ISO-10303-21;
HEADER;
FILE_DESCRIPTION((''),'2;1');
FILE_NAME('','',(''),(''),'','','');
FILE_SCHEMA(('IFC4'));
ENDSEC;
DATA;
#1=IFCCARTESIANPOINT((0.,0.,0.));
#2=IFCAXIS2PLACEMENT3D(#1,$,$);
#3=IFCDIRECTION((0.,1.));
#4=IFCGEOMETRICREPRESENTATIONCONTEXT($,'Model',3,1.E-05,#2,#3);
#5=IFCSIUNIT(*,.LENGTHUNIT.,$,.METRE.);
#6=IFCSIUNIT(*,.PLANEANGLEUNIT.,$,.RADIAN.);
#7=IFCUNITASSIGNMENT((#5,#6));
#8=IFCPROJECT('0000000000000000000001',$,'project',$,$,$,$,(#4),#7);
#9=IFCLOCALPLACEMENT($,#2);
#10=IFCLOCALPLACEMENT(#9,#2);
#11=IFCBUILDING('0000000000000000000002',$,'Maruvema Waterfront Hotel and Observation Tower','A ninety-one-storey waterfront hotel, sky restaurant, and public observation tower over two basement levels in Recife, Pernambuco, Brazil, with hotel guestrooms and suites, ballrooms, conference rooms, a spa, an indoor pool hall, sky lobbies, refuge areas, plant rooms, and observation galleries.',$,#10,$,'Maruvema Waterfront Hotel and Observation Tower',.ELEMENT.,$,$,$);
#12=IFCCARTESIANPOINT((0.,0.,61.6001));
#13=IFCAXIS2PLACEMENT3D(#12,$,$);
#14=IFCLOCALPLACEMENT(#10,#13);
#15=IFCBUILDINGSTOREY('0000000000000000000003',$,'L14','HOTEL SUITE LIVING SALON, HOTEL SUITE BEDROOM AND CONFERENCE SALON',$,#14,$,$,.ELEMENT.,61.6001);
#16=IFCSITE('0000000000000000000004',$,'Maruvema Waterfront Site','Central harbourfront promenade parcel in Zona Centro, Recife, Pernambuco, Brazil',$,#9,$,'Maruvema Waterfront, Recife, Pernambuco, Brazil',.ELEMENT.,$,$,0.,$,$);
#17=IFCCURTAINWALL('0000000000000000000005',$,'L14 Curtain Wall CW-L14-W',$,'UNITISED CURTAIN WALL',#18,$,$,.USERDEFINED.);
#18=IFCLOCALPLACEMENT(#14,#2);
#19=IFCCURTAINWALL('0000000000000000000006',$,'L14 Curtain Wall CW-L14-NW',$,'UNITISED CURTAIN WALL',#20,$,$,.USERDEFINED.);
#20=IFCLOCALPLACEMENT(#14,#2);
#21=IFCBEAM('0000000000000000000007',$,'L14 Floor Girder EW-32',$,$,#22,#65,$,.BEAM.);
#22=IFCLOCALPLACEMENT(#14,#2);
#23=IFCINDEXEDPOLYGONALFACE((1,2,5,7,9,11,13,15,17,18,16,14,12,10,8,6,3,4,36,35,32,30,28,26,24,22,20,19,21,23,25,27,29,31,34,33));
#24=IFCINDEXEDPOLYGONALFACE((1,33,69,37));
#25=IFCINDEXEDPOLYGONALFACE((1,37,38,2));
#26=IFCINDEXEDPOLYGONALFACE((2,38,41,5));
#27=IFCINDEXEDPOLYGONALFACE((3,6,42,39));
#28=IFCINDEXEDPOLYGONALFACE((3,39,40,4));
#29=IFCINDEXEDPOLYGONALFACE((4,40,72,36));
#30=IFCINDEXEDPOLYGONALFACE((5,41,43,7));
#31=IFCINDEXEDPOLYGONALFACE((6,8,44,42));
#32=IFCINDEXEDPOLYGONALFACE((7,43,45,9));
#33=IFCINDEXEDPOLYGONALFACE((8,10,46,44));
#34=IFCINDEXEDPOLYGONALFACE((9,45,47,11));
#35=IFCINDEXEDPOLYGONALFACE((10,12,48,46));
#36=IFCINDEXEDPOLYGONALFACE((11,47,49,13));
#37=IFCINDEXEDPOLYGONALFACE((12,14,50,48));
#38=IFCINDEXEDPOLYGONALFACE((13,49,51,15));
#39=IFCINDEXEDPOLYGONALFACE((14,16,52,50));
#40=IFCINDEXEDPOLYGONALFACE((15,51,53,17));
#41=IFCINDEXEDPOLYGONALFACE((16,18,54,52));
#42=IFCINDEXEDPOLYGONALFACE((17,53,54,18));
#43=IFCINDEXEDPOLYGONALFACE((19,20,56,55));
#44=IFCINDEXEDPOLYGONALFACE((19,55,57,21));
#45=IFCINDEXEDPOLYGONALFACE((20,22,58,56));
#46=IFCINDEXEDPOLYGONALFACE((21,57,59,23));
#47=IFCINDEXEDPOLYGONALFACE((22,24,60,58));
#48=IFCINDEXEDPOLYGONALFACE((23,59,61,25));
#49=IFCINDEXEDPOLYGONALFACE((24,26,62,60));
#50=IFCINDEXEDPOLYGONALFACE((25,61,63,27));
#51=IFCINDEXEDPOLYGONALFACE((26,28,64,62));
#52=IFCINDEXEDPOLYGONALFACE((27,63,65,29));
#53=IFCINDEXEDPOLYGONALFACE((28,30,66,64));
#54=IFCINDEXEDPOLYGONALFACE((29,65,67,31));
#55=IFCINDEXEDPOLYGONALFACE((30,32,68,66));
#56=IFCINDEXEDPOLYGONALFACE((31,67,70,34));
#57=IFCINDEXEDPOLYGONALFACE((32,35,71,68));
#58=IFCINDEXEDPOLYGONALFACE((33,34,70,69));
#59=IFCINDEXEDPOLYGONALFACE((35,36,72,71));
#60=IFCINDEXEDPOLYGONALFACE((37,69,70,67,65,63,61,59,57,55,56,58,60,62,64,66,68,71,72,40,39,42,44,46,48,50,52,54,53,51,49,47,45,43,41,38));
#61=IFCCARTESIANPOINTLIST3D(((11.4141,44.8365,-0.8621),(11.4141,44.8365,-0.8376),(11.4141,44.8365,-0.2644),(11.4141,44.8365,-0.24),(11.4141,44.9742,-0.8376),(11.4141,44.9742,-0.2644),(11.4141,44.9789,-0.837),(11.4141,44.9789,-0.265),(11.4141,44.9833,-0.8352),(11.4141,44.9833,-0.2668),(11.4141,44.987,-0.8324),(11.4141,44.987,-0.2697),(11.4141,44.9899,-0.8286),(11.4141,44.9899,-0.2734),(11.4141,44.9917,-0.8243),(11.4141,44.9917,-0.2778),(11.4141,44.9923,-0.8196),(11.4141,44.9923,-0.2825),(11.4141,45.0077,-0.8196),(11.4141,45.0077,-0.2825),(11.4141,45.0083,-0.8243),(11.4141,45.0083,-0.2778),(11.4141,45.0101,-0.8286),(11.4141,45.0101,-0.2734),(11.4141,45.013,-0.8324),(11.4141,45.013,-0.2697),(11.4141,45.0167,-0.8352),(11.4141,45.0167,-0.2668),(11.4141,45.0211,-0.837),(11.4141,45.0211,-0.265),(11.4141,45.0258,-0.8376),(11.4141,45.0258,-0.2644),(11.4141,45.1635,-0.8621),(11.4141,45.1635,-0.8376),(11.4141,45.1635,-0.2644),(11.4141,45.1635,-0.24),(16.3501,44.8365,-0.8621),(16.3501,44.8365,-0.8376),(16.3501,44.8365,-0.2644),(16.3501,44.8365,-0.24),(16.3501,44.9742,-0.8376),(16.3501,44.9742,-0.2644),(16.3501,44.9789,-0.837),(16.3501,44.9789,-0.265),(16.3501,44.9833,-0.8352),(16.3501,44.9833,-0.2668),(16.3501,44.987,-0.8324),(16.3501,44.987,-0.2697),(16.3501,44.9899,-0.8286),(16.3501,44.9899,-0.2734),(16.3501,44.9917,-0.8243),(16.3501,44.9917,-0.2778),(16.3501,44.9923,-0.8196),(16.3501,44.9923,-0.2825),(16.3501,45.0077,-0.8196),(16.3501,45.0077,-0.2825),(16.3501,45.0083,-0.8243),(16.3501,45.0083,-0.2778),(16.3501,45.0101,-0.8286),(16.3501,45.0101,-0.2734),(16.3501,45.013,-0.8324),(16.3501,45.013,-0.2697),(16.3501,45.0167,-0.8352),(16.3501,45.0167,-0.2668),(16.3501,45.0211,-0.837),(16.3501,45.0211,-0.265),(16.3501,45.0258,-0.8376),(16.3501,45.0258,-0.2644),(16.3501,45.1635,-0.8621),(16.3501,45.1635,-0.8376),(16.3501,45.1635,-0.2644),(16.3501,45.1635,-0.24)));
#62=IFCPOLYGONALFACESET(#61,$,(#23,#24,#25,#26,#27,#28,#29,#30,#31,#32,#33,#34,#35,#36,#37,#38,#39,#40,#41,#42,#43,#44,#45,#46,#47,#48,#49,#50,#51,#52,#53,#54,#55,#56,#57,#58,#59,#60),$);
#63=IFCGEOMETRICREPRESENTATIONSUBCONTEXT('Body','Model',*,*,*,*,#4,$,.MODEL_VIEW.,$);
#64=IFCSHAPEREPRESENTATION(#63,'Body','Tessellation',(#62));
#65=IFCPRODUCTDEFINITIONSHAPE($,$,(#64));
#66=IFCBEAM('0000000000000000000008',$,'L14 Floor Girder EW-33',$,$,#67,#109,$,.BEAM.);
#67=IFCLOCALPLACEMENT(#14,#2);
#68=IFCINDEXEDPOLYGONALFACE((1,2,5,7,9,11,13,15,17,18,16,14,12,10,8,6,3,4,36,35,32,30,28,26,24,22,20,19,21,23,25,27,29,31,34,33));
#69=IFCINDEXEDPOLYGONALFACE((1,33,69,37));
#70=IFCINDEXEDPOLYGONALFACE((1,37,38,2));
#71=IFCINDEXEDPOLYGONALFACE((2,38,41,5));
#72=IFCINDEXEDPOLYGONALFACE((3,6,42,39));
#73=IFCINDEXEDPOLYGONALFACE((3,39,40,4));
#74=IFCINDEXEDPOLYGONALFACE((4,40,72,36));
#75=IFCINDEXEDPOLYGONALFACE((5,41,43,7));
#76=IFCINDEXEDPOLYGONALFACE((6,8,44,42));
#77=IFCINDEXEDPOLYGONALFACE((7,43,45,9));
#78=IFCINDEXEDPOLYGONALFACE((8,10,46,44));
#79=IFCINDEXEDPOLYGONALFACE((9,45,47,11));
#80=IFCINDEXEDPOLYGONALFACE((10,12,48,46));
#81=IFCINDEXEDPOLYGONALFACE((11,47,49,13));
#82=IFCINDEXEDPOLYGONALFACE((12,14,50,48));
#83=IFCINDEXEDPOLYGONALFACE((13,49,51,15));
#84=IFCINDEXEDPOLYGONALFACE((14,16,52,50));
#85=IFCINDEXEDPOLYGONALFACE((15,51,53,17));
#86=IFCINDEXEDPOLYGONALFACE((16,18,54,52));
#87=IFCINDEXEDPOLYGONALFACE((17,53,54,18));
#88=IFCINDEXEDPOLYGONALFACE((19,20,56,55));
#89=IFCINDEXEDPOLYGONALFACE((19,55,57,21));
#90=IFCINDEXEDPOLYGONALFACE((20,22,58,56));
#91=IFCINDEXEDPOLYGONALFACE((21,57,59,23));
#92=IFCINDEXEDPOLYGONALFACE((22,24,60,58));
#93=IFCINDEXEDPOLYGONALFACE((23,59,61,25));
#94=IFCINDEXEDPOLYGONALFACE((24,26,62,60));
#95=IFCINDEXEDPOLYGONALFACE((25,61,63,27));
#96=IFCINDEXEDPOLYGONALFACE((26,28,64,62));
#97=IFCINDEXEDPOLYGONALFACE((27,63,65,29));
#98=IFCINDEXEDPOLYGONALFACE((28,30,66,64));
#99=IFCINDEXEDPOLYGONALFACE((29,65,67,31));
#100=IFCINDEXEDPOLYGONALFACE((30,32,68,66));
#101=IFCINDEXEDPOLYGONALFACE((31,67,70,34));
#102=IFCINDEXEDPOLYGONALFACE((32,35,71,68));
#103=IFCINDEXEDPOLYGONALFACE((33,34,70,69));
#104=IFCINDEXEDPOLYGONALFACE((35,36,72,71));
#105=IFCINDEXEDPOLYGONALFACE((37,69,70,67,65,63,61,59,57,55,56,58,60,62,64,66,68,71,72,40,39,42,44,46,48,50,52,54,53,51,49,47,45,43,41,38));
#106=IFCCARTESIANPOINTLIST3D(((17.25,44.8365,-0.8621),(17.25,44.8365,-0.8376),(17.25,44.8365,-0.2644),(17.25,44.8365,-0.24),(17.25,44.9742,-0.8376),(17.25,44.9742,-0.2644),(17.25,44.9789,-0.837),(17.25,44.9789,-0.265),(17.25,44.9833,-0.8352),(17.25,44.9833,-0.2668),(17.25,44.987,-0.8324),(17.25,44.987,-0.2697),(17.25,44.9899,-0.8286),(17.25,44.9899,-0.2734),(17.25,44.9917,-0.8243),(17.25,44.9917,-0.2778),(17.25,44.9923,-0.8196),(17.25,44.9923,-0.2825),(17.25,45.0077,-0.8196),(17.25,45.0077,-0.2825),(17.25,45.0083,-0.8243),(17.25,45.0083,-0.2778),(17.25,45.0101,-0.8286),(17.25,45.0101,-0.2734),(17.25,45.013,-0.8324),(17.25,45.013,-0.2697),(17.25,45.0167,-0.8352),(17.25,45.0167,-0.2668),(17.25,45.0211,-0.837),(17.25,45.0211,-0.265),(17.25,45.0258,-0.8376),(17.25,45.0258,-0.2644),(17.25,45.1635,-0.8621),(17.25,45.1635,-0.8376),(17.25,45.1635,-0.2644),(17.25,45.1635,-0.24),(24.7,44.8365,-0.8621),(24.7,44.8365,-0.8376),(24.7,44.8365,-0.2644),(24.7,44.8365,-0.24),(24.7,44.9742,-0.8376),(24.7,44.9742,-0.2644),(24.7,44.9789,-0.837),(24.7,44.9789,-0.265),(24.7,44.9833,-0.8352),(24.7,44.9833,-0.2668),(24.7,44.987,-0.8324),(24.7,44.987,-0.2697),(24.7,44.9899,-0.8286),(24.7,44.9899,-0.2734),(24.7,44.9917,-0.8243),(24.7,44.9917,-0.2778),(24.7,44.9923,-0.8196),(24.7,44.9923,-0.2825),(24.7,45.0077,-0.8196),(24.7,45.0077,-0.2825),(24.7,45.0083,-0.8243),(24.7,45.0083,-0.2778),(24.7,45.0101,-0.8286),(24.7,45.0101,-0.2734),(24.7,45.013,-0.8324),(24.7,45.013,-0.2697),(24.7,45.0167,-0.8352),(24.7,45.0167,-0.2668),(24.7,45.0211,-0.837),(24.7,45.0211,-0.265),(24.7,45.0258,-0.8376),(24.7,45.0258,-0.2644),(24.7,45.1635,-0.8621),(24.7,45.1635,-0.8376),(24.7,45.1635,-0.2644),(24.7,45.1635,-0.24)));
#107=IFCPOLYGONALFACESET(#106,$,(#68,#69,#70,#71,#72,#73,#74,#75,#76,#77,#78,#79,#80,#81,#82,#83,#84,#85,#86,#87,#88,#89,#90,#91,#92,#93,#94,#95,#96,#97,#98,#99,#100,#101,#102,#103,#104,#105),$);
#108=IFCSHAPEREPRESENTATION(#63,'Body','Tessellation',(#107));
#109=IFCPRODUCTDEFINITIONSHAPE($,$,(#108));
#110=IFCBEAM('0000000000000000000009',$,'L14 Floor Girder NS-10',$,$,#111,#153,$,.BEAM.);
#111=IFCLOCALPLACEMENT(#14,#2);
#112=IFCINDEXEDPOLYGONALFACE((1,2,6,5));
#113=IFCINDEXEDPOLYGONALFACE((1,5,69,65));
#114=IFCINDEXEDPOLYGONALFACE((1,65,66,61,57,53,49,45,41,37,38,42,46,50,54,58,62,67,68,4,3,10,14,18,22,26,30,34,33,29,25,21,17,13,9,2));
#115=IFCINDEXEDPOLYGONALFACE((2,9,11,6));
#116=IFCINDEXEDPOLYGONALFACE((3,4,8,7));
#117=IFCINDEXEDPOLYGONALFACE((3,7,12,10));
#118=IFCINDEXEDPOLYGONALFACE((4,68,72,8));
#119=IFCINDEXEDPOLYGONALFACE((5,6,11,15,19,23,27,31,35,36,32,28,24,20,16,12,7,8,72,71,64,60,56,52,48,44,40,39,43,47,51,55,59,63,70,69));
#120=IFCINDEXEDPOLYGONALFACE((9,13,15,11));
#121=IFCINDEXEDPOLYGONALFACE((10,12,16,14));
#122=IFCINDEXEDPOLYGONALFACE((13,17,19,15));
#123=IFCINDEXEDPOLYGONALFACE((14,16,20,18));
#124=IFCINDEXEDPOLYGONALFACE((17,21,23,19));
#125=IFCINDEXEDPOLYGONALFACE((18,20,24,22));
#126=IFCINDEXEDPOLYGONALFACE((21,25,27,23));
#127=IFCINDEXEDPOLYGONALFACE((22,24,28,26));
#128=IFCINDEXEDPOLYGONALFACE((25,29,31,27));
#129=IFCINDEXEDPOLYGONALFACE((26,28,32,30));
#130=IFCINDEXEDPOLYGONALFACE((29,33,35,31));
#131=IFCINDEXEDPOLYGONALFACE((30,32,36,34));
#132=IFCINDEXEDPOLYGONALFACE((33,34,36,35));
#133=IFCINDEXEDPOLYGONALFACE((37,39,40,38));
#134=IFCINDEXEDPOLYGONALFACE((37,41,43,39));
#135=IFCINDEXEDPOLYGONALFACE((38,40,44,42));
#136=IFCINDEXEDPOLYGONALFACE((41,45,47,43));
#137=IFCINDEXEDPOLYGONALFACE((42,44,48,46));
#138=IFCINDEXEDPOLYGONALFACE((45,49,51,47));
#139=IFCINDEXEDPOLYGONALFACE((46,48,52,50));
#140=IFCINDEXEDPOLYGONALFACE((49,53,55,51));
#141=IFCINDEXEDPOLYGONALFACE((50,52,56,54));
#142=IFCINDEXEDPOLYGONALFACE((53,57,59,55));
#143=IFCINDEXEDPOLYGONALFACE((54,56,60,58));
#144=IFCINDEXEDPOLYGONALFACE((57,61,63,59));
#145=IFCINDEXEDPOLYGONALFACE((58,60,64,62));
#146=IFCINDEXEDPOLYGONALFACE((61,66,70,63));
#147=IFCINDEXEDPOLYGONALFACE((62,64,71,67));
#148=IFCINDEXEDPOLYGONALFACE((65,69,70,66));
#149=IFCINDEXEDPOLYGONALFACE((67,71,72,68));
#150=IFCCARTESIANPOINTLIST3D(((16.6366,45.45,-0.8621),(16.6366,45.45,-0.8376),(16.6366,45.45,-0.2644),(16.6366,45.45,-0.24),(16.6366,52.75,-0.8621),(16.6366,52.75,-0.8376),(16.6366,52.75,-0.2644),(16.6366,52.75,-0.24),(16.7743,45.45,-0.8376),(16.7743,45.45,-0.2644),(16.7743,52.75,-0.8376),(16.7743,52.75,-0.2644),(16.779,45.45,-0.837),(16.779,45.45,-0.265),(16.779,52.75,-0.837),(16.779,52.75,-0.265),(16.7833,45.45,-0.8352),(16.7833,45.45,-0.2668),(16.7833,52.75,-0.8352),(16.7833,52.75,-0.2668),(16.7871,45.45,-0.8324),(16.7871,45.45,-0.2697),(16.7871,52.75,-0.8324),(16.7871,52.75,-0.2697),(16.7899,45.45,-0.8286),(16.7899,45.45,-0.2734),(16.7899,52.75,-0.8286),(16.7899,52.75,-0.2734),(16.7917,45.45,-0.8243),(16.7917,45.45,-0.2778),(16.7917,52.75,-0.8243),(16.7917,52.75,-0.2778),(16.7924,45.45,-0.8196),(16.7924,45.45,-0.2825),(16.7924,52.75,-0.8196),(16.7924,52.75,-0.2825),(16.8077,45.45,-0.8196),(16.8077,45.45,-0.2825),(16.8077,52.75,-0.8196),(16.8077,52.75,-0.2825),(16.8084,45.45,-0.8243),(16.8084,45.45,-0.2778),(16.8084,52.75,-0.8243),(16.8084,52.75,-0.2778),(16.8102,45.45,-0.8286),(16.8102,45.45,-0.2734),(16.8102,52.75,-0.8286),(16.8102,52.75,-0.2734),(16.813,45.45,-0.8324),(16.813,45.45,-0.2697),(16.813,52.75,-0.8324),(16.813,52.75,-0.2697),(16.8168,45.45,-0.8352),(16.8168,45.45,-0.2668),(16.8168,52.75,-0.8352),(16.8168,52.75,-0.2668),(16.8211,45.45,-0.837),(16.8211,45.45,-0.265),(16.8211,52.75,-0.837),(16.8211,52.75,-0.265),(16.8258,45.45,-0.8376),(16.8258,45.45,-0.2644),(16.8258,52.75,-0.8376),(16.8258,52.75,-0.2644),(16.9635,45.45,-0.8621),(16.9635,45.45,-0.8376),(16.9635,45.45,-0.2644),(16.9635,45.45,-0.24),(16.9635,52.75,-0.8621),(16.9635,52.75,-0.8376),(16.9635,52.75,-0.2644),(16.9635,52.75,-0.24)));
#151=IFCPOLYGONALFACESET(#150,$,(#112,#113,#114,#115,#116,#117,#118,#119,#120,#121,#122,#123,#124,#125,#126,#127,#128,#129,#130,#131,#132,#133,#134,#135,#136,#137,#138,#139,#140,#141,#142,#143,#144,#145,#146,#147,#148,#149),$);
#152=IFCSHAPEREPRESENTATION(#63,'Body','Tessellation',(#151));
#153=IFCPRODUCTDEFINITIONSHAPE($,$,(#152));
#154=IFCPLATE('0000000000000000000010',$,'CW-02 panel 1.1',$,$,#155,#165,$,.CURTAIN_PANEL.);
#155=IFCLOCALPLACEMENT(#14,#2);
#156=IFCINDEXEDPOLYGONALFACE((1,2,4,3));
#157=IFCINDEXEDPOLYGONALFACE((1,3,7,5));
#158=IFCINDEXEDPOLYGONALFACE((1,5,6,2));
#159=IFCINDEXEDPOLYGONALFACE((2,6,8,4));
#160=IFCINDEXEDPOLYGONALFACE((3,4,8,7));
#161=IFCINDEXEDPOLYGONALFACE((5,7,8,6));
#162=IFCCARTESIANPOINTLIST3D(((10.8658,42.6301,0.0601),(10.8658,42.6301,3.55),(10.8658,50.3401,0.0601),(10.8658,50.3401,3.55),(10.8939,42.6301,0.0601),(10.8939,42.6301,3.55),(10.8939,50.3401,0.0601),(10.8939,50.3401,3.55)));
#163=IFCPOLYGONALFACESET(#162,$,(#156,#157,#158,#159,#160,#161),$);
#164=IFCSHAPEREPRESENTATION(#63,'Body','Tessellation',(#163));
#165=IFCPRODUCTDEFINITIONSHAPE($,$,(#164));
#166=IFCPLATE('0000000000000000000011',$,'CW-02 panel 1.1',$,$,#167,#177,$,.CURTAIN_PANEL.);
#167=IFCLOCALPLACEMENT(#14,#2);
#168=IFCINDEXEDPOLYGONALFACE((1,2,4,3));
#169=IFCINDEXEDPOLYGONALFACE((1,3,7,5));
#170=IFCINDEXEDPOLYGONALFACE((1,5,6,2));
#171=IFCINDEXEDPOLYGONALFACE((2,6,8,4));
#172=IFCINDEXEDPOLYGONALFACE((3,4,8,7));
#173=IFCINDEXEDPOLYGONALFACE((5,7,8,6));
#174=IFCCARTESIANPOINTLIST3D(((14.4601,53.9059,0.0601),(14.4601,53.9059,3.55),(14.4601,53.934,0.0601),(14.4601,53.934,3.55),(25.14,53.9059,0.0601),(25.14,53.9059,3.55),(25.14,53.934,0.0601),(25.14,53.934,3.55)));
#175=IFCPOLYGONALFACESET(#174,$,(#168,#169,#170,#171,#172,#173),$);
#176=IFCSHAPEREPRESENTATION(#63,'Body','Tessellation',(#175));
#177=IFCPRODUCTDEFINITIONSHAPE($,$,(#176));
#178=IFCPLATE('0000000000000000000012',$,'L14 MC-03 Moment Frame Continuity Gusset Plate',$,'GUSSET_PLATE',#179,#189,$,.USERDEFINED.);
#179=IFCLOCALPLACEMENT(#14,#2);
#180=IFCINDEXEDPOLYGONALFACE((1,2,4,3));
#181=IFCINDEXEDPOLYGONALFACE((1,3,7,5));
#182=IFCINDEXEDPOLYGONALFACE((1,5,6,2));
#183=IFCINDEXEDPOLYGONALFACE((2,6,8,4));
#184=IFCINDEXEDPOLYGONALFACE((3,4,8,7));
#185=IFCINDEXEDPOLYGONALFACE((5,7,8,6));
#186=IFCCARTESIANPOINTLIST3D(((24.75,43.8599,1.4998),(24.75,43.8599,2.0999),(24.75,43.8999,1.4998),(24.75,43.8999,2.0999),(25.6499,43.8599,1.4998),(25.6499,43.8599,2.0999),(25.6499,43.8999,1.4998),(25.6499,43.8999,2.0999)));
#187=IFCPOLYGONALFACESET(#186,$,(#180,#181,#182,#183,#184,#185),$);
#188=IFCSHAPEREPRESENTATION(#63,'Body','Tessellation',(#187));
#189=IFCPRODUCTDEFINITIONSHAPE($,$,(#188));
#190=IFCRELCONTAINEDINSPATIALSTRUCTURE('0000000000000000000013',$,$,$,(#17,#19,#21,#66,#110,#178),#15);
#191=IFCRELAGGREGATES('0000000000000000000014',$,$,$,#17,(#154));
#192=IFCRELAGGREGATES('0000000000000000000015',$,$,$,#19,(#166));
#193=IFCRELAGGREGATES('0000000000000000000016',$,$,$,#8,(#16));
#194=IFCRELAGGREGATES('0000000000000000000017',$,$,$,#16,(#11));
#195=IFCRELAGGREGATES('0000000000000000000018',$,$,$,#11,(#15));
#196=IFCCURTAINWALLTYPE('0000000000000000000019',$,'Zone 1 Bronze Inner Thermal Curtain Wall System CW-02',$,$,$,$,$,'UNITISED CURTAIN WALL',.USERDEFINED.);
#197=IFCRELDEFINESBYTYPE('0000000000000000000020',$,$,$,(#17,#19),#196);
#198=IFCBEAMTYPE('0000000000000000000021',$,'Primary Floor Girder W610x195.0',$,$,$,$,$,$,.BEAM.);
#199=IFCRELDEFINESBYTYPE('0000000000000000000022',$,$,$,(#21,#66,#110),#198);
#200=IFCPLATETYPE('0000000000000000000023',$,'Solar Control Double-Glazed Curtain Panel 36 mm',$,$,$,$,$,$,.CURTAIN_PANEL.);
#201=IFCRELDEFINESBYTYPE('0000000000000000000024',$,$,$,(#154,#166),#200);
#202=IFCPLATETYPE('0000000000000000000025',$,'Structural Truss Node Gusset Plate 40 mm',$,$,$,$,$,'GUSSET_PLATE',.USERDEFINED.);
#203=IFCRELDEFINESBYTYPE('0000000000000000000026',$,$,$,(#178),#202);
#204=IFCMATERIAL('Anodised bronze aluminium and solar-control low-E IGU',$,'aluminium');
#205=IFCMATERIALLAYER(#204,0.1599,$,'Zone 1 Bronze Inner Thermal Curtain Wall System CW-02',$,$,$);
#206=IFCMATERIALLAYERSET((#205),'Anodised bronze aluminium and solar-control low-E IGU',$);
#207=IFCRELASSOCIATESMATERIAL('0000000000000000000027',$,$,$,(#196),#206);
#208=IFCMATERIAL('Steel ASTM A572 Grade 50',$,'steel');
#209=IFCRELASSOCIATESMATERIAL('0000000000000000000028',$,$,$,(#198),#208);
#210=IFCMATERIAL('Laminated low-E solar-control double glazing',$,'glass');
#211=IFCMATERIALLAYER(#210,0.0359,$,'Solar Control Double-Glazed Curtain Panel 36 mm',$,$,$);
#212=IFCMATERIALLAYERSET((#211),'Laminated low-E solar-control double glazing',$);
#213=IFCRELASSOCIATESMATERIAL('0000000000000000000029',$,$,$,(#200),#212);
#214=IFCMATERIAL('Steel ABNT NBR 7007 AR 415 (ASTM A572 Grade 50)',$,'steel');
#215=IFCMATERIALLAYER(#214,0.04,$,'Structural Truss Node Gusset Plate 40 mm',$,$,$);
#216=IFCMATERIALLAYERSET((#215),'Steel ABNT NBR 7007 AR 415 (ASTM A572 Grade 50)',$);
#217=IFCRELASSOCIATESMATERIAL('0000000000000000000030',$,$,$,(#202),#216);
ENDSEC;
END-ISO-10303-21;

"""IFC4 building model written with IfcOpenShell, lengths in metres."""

from ifc_helpers import new_model, si_unit, direction, frame, origin, origin_2d, place, context, subcontext, project, spatial, rectangle, i_section, extrude, material, layer, layer_set, material_profile, profile_set, type_object, element, aggregate, save


model = new_model("IFC4")

# Units and contexts
model_context = context("Model", 3, precision=1e-05, world=origin(), true_north=direction((0.0, 1.0)))
body_context = subcontext(model_context, "Body", "Model", "MODEL_VIEW")
ifc_project = project(units=[si_unit("LENGTHUNIT", "METRE"), si_unit("PLANEANGLEUNIT", "RADIAN")], contexts=[model_context])

# Site, building, storey
site_placement = place(None, origin())
site = spatial("IfcSite", under=ifc_project, at=site_placement, Name="Maruvema Waterfront Site", Description="Central harbourfront promenade parcel in Zona Centro, Recife, Pernambuco, Brazil", LongName="Maruvema Waterfront, Recife, Pernambuco, Brazil", CompositionType="ELEMENT", RefElevation=0.0)
building_placement = place(site_placement, origin())
building = spatial("IfcBuilding", under=site, at=building_placement, Name="Maruvema Waterfront Hotel and Observation Tower", Description="A ninety-one-storey waterfront hotel, sky restaurant, and public observation tower over two basement levels in Recife, Pernambuco, Brazil, with hotel guestrooms and suites, ballrooms, conference rooms, a spa, an indoor pool hall, sky lobbies, refuge areas, plant rooms, and observation galleries.", LongName="Maruvema Waterfront Hotel and Observation Tower", CompositionType="ELEMENT")
storey_placement = place(building_placement, frame((0.0, 0.0, 61.6001)))
storey = spatial("IfcBuildingStorey", under=building, at=storey_placement, Name="L14", Description="HOTEL SUITE LIVING SALON, HOTEL SUITE BEDROOM AND CONFERENCE SALON", CompositionType="ELEMENT", Elevation=61.6001)

# Curtain walls
ifc_material_1 = material(Name="Anodised bronze aluminium and solar-control low-E IGU", Category="aluminium")
ifc_layer_1 = layer(ifc_material_1, 0.1599, Name="Zone 1 Bronze Inner Thermal Curtain Wall System CW-02")
ifc_layer_set_1 = layer_set([ifc_layer_1], Name="Anodised bronze aluminium and solar-control low-E IGU")
curtain_wall_type = type_object("IfcCurtainWallType", Name="Zone 1 Bronze Inner Thermal Curtain Wall System CW-02", ElementType="UNITISED CURTAIN WALL", PredefinedType="USERDEFINED", material=ifc_layer_set_1)
curtain_wall_1_placement = place(storey_placement, origin())
curtain_wall_1 = element("IfcCurtainWall", 1, at=curtain_wall_1_placement, inside=storey, type_object=curtain_wall_type, Name="L14 Curtain Wall CW-L14-W", ObjectType="UNITISED CURTAIN WALL", PredefinedType="USERDEFINED")
curtain_wall_2_placement = place(storey_placement, origin())
curtain_wall_2 = element("IfcCurtainWall", 2, at=curtain_wall_2_placement, inside=storey, type_object=curtain_wall_type, Name="L14 Curtain Wall CW-L14-NW", ObjectType="UNITISED CURTAIN WALL", PredefinedType="USERDEFINED")

# Beams
ifc_material_2 = material(Name="Steel ASTM A572 Grade 50", Category="steel")
ifc_material_profile_1 = material_profile(ifc_material_2, i_section(OverallWidth=0.3269, OverallDepth=0.6221, WebThickness=0.0154, FlangeThickness=0.0244, FilletRadius=0.0181, at=origin_2d()), Name="W610x195.0")
ifc_profile_set_1 = profile_set([ifc_material_profile_1], Name="Steel ASTM A572 Grade 50")
beam_type = type_object("IfcBeamType", Name="Primary Floor Girder W610x195.0", PredefinedType="BEAM", material=ifc_profile_set_1)
beam_1_placement = place(storey_placement, frame((11.4141, 45.0, -0.551), z_axis=(1.0, 0.0, 0.0), x_axis=(0.0, 1.0, 0.0)))
element("IfcBeam", 3, at=beam_1_placement, inside=storey, type_object=beam_type, Name="L14 Floor Girder EW-32", PredefinedType="BEAM", context=body_context, shape_type="SweptSolid", body=[
    extrude(i_section(OverallWidth=0.3269, OverallDepth=0.6221, WebThickness=0.0154, FlangeThickness=0.0244, FilletRadius=0.0181, at=origin_2d()), origin(), (0.0, 0.0, 1.0), 4.936),
])
beam_2_placement = place(storey_placement, frame((17.25, 45.0, -0.551), z_axis=(1.0, 0.0, 0.0), x_axis=(0.0, 1.0, 0.0)))
element("IfcBeam", 4, at=beam_2_placement, inside=storey, type_object=beam_type, Name="L14 Floor Girder EW-33", PredefinedType="BEAM", context=body_context, shape_type="SweptSolid", body=[
    extrude(i_section(OverallWidth=0.3269, OverallDepth=0.6221, WebThickness=0.0154, FlangeThickness=0.0244, FilletRadius=0.0181, at=origin_2d()), origin(), (0.0, 0.0, 1.0), 7.45),
])
beam_3_placement = place(storey_placement, frame((16.8, 45.45, -0.551), z_axis=(0.0, 1.0, 0.0), x_axis=(-1.0, 0.0, 0.0)))
element("IfcBeam", 5, at=beam_3_placement, inside=storey, type_object=beam_type, Name="L14 Floor Girder NS-10", PredefinedType="BEAM", context=body_context, shape_type="SweptSolid", body=[
    extrude(i_section(OverallWidth=0.3269, OverallDepth=0.6221, WebThickness=0.0154, FlangeThickness=0.0244, FilletRadius=0.0181, at=origin_2d()), origin(), (0.0, 0.0, 1.0), 7.3),
])

# Plates
ifc_material_3 = material(Name="Laminated low-E solar-control double glazing", Category="glass")
ifc_layer_2 = layer(ifc_material_3, 0.0359, Name="Solar Control Double-Glazed Curtain Panel 36 mm")
ifc_layer_set_2 = layer_set([ifc_layer_2], Name="Laminated low-E solar-control double glazing")
plate_type_1 = type_object("IfcPlateType", Name="Solar Control Double-Glazed Curtain Panel 36 mm", PredefinedType="CURTAIN_PANEL", material=ifc_layer_set_2)
plate_1_placement = place(storey_placement, frame((10.8799, 46.4851, 0.0601), z_axis=(0.0, 0.0, 1.0), x_axis=(0.0, -1.0, 0.0)))
plate_1 = element("IfcPlate", 6, at=plate_1_placement, type_object=plate_type_1, Name="CW-02 panel 1.1", PredefinedType="CURTAIN_PANEL", context=body_context, shape_type="SweptSolid", body=[
    extrude(rectangle(XDim=7.71, YDim=0.0281, at=origin_2d()), origin(), (0.0, 0.0, 1.0), 3.49),
])
aggregate(curtain_wall_1, [plate_1])
plate_2_placement = place(storey_placement, frame((19.8, 53.9199, 0.0601), z_axis=(0.0, 0.0, 1.0), x_axis=(-1.0, 0.0, 0.0)))
plate_2 = element("IfcPlate", 7, at=plate_2_placement, type_object=plate_type_1, Name="CW-02 panel 1.1", PredefinedType="CURTAIN_PANEL", context=body_context, shape_type="SweptSolid", body=[
    extrude(rectangle(XDim=10.6799, YDim=0.0281, at=origin_2d()), origin(), (0.0, 0.0, 1.0), 3.49),
])
aggregate(curtain_wall_2, [plate_2])
ifc_material_4 = material(Name="Steel ABNT NBR 7007 AR 415 (ASTM A572 Grade 50)", Category="steel")
ifc_layer_3 = layer(ifc_material_4, 0.04, Name="Structural Truss Node Gusset Plate 40 mm")
ifc_layer_set_3 = layer_set([ifc_layer_3], Name="Steel ABNT NBR 7007 AR 415 (ASTM A572 Grade 50)")
plate_type_2 = type_object("IfcPlateType", Name="Structural Truss Node Gusset Plate 40 mm", ElementType="GUSSET_PLATE", PredefinedType="USERDEFINED", material=ifc_layer_set_3)
plate_3_placement = place(storey_placement, frame((25.2, 43.8799, 1.4998), z_axis=(0.0, 0.0, 1.0), x_axis=(1.0, 0.0, 0.0)))
element("IfcPlate", 8, at=plate_3_placement, inside=storey, type_object=plate_type_2, Name="L14 MC-03 Moment Frame Continuity Gusset Plate", ObjectType="GUSSET_PLATE", PredefinedType="USERDEFINED", context=body_context, shape_type="SweptSolid", body=[
    extrude(rectangle(XDim=0.8999, YDim=0.04, at=origin_2d()), origin(), (0.0, 0.0, 1.0), 0.6001),
])

save(model, "model.ifc")
